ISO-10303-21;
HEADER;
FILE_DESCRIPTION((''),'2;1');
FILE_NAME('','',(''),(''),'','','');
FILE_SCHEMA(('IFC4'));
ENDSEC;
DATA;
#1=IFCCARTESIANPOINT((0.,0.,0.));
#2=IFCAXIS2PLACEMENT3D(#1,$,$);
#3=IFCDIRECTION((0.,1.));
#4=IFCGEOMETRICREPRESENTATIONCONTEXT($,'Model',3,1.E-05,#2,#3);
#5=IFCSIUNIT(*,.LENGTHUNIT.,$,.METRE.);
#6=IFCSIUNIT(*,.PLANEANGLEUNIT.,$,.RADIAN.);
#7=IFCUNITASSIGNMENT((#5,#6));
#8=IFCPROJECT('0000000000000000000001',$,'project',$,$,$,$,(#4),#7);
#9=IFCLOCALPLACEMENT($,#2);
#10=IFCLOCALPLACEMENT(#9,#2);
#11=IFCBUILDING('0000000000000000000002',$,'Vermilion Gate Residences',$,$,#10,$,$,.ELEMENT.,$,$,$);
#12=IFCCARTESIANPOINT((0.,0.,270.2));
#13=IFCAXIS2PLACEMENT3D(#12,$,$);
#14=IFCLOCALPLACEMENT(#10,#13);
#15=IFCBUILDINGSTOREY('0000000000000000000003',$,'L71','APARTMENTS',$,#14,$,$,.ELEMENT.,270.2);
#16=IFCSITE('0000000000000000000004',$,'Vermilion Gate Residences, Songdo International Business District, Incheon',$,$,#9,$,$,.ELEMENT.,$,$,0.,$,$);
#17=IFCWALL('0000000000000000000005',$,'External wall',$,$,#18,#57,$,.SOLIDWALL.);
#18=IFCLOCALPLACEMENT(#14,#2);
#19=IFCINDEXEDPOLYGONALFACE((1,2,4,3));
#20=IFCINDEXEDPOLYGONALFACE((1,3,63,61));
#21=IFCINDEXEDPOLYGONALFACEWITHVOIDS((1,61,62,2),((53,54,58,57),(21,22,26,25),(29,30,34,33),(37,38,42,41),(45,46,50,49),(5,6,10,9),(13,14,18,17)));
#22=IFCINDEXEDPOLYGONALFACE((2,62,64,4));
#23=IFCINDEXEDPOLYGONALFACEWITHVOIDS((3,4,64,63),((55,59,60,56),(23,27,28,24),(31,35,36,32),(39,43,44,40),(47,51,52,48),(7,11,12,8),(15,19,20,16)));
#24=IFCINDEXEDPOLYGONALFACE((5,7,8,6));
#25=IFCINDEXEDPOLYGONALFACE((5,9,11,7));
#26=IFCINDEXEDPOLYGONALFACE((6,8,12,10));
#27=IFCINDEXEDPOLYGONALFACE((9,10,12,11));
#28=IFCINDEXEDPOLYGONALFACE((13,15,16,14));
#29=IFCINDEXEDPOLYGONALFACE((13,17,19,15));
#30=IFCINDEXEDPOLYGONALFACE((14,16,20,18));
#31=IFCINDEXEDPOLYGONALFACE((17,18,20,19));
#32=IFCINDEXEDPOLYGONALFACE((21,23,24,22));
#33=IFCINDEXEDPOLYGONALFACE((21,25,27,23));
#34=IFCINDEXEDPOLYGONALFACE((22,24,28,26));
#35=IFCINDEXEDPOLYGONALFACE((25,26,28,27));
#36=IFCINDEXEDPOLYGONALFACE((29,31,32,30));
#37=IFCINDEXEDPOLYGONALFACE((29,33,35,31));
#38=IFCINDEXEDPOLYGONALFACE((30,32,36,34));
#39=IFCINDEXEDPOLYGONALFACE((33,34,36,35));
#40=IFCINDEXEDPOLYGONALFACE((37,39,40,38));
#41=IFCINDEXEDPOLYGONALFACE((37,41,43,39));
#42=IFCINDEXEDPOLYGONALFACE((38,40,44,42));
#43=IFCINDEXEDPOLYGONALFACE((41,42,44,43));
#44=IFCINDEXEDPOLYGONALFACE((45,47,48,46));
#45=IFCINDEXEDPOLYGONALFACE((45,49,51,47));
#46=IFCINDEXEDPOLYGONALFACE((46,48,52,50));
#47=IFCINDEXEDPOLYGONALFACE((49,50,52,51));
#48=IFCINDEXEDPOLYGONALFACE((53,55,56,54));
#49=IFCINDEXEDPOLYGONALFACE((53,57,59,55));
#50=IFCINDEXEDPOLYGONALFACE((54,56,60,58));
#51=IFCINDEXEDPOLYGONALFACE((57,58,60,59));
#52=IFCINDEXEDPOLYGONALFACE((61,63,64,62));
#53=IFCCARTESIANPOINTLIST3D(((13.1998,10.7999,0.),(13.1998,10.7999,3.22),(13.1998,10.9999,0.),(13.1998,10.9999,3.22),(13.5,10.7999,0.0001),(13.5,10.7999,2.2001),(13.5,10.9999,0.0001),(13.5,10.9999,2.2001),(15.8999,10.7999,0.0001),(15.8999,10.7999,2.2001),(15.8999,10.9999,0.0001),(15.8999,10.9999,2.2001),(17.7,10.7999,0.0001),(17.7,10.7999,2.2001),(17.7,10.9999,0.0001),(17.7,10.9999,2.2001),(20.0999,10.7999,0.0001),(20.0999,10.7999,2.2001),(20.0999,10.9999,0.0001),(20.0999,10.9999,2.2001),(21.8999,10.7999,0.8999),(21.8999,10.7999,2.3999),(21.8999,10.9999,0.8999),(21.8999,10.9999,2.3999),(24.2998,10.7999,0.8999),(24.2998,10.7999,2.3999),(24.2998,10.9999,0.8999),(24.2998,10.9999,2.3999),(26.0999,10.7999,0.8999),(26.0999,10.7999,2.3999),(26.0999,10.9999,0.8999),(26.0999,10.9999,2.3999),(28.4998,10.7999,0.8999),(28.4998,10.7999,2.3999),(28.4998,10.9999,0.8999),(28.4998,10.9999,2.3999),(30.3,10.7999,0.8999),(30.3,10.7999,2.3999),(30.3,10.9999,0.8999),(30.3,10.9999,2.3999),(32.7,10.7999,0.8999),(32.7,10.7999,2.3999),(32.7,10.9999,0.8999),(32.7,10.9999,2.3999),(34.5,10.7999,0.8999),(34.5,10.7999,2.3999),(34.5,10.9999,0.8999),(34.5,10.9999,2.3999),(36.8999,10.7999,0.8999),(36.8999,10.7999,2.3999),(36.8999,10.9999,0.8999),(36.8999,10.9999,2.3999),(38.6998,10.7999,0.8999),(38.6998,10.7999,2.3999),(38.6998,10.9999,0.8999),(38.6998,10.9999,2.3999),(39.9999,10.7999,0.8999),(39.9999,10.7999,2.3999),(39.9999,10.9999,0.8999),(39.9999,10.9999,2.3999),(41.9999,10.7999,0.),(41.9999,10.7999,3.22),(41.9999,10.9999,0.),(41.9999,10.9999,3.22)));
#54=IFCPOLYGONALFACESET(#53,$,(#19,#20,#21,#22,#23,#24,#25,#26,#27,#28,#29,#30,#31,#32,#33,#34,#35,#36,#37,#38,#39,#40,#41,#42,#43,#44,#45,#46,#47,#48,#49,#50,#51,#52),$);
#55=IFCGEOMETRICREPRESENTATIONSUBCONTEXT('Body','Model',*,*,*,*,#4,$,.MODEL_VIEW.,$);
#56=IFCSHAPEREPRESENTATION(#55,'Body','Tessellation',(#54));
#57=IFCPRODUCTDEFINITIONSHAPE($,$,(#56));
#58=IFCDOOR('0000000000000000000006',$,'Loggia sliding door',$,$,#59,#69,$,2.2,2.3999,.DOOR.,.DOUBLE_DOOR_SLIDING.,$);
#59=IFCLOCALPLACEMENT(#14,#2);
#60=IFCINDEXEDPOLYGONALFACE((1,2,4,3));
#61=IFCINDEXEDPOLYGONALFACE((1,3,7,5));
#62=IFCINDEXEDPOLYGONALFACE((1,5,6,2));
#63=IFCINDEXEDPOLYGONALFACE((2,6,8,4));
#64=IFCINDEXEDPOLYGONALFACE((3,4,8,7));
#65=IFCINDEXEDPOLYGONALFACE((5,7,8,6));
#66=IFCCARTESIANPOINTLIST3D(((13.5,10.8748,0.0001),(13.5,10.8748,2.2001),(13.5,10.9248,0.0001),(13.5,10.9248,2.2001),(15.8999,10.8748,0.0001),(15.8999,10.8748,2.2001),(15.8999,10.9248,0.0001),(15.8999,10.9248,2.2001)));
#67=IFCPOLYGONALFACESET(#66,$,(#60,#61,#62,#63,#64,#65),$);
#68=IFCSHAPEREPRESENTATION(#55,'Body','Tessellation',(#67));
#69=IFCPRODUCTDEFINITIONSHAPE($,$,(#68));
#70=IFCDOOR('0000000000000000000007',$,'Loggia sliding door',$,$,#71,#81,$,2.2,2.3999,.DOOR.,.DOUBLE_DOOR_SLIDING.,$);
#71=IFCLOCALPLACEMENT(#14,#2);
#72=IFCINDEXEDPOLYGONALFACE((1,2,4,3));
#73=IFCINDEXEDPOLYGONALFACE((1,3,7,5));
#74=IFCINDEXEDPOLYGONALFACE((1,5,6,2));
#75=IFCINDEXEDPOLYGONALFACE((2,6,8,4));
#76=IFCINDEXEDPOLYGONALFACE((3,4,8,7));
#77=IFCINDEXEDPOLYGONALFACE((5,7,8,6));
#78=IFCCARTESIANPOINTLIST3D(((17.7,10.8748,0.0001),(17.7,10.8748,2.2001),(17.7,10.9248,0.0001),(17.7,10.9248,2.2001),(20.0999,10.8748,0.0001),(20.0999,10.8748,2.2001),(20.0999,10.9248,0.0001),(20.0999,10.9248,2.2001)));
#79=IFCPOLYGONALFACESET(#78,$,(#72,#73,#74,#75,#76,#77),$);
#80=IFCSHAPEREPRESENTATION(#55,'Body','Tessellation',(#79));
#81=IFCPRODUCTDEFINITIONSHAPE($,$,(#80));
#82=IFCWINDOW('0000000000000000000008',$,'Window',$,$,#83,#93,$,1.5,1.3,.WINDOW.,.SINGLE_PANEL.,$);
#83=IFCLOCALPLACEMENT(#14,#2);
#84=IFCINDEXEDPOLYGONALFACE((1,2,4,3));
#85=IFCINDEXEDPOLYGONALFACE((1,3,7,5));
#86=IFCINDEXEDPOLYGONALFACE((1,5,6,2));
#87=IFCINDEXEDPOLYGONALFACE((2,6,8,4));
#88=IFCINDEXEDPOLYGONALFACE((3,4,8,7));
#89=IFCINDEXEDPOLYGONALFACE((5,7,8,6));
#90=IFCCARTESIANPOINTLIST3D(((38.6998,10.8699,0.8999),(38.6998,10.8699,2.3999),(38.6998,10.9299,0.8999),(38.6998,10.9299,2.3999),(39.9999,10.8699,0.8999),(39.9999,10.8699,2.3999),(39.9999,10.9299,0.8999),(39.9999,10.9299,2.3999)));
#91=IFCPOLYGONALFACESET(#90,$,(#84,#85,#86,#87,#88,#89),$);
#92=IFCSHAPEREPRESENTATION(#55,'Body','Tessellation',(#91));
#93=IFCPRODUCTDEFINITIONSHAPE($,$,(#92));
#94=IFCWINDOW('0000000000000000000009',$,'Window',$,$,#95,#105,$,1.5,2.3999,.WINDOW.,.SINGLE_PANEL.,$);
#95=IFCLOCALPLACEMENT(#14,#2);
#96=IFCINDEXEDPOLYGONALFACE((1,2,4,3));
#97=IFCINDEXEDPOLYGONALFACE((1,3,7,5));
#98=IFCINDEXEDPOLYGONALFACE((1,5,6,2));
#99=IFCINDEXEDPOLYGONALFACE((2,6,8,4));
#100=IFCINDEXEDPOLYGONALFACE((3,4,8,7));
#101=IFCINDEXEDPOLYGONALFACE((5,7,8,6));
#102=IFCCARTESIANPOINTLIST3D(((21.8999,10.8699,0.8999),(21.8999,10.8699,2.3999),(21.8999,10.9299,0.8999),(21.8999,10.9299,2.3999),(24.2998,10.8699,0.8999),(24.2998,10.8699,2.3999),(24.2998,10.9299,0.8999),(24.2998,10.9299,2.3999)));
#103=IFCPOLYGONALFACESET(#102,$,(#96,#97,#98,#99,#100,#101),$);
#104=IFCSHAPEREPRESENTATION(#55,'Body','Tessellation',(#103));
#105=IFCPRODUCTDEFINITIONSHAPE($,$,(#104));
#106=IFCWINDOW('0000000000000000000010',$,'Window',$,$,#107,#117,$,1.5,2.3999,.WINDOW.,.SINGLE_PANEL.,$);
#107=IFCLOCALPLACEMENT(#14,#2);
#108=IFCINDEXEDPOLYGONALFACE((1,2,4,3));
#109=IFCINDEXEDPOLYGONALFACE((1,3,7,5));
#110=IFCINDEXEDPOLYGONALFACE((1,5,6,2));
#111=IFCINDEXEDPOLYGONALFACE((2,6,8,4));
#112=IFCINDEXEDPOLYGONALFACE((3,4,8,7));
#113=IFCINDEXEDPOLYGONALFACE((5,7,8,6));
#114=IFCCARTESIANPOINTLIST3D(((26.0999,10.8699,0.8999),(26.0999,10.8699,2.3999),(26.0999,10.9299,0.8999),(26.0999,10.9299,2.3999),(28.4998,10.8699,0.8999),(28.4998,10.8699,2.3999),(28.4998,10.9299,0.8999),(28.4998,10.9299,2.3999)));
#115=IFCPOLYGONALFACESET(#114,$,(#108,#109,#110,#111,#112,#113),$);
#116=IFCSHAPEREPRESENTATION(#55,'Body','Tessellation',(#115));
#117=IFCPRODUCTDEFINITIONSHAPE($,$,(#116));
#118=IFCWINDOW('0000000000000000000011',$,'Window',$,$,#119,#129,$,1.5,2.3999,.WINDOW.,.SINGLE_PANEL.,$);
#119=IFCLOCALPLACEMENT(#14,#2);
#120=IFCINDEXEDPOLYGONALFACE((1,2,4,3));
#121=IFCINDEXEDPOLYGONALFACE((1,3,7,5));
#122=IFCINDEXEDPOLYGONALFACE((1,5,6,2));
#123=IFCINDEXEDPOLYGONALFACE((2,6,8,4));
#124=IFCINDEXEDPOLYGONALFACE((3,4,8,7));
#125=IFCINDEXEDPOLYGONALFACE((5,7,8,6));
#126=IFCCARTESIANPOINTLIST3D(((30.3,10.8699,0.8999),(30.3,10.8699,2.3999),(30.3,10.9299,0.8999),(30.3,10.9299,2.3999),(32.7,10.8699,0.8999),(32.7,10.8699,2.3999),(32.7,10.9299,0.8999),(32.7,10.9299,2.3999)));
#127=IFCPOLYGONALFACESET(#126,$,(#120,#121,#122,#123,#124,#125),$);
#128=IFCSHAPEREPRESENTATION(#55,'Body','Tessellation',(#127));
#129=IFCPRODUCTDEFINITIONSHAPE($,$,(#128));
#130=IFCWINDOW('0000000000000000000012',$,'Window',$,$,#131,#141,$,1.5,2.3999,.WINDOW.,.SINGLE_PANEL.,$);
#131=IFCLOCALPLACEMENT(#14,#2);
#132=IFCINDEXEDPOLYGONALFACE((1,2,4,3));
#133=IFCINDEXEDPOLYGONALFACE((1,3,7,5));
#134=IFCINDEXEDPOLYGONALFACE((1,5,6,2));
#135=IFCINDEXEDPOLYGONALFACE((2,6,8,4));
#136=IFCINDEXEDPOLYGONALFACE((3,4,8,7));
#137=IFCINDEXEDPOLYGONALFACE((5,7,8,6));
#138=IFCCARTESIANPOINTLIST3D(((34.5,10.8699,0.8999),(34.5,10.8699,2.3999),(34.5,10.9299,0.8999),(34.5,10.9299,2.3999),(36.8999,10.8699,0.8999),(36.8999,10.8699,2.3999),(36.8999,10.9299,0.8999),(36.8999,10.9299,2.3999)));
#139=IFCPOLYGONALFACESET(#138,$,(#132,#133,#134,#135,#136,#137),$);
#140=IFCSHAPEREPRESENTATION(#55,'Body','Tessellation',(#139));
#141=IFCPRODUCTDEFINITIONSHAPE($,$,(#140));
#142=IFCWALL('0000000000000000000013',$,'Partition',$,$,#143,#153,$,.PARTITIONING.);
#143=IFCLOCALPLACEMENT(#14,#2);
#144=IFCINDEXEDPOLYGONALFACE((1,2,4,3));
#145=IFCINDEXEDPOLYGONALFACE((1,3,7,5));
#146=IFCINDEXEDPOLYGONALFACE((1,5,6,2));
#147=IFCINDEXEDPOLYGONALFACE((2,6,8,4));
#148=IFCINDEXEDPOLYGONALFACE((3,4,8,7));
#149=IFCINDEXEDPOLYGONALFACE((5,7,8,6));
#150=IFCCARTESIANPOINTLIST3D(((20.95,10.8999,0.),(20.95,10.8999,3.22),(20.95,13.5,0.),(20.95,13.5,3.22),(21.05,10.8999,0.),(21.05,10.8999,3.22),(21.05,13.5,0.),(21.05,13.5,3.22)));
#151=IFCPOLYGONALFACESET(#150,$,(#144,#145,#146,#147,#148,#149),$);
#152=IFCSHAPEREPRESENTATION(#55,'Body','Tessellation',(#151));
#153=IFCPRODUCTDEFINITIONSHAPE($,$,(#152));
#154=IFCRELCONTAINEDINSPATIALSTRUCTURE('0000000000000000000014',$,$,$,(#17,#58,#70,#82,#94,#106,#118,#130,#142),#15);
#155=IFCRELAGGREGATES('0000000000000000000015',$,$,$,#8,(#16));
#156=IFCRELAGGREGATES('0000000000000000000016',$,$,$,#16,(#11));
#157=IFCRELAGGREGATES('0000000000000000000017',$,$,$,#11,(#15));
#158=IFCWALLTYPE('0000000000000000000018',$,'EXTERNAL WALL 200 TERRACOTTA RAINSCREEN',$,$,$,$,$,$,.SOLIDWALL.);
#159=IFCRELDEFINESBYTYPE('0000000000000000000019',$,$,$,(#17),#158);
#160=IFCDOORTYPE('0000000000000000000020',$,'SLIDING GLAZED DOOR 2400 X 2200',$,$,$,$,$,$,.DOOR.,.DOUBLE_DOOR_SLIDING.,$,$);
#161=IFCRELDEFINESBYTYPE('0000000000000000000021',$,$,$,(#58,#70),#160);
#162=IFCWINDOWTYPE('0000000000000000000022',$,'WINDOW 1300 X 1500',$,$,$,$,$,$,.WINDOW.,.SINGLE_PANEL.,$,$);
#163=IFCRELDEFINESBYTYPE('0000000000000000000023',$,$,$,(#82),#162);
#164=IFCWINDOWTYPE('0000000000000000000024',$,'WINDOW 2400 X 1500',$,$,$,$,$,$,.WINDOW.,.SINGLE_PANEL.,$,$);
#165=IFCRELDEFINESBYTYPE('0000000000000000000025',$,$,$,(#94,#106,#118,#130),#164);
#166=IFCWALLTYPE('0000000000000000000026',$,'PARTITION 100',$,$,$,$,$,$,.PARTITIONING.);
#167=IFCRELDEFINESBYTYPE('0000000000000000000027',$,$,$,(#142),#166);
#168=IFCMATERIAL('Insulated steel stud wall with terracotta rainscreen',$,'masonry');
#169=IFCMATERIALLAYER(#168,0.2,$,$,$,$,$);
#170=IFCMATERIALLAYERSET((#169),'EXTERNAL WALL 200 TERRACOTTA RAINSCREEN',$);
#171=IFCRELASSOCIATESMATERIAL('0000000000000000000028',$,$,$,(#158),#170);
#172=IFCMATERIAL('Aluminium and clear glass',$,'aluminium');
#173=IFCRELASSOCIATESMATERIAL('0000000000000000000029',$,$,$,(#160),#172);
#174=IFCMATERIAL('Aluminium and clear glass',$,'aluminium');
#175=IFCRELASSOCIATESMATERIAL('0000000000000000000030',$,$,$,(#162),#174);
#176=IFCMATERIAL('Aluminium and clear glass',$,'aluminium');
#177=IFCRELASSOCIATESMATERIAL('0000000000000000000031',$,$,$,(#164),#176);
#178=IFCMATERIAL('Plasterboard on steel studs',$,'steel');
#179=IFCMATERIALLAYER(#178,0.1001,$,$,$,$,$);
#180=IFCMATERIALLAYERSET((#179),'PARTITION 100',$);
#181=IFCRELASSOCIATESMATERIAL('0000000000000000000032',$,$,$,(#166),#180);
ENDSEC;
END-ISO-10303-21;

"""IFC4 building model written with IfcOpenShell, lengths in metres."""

from ifc_helpers import new_model, si_unit, direction, frame, frame_2d, origin, place, context, subcontext, project, spatial, rectangle, extrude, material, layer, layer_set, type_object, element, fill, save


model = new_model("IFC4")

# Units and contexts
model_context = context("Model", 3, precision=1e-05, world=origin(), true_north=direction((0.0, 1.0)))
body_context = subcontext(model_context, "Body", "Model", "MODEL_VIEW")
ifc_project = project(units=[si_unit("LENGTHUNIT", "METRE"), si_unit("PLANEANGLEUNIT", "RADIAN")], contexts=[model_context])

# Site, building, storey
site_placement = place(None, origin())
site = spatial("IfcSite", under=ifc_project, at=site_placement, Name="Vermilion Gate Residences, Songdo International Business District, Incheon", CompositionType="ELEMENT", RefElevation=0.0)
building_placement = place(site_placement, origin())
building = spatial("IfcBuilding", under=site, at=building_placement, Name="Vermilion Gate Residences", CompositionType="ELEMENT")
storey_placement = place(building_placement, frame((0.0, 0.0, 270.2)))
storey = spatial("IfcBuildingStorey", under=building, at=storey_placement, Name="L71", Description="APARTMENTS", CompositionType="ELEMENT", Elevation=270.2)

# Shared definitions
ifc_material_1 = material(Name="Insulated steel stud wall with terracotta rainscreen", Category="masonry")
ifc_layer_1 = layer(ifc_material_1, 0.2)
ifc_layer_set_1 = layer_set([ifc_layer_1], Name="EXTERNAL WALL 200 TERRACOTTA RAINSCREEN")
wall_type_1 = type_object("IfcWallType", Name="EXTERNAL WALL 200 TERRACOTTA RAINSCREEN", PredefinedType="SOLIDWALL", material=ifc_layer_set_1)

# Wall, openings, doors, windows
wall_1_placement = place(storey_placement, frame((13.2, 10.8999, 0.0), z_axis=(0.0, 0.0, 1.0), x_axis=(1.0, 0.0, 0.0)))
wall_1 = element("IfcWall", 1, at=wall_1_placement, inside=storey, type_object=wall_type_1, Name="External wall", PredefinedType="SOLIDWALL", context=body_context, shape_type="SweptSolid", body=[
    extrude(rectangle(XDim=28.8, YDim=0.2, at=frame_2d((14.3999, 0.0))), origin(), (0.0, 0.0, 1.0), 3.22),
])
opening_1_placement = place(wall_1_placement, frame((0.3, 0.0, 0.0)))
opening_1 = element("IfcOpeningElement", 2, at=opening_1_placement, cuts=wall_1, PredefinedType="OPENING", context=body_context, shape_type="SweptSolid", body=[
    extrude(rectangle(XDim=2.3999, YDim=2.2, at=frame_2d((1.2, 1.1001))), frame((0.0, 0.1099, 0.0), z_axis=(0.0, -1.0, 0.0), x_axis=(1.0, 0.0, 0.0)), (0.0, 0.0, 1.0), 0.22),
])
opening_2_placement = place(wall_1_placement, frame((4.5, 0.0, 0.0)))
opening_2 = element("IfcOpeningElement", 3, at=opening_2_placement, cuts=wall_1, PredefinedType="OPENING", context=body_context, shape_type="SweptSolid", body=[
    extrude(rectangle(XDim=2.3999, YDim=2.2, at=frame_2d((1.2, 1.1001))), frame((0.0, 0.1099, 0.0), z_axis=(0.0, -1.0, 0.0), x_axis=(1.0, 0.0, 0.0)), (0.0, 0.0, 1.0), 0.22),
])
opening_3_placement = place(wall_1_placement, frame((8.7, 0.0, 0.8999)))
opening_3 = element("IfcOpeningElement", 4, at=opening_3_placement, cuts=wall_1, PredefinedType="OPENING", context=body_context, shape_type="SweptSolid", body=[
    extrude(rectangle(XDim=2.3999, YDim=1.5, at=frame_2d((1.2, 0.75))), frame((0.0, 0.1099, 0.0), z_axis=(0.0, -1.0, 0.0), x_axis=(1.0, 0.0, 0.0)), (0.0, 0.0, 1.0), 0.22),
])
opening_4_placement = place(wall_1_placement, frame((12.8999, 0.0, 0.8999)))
opening_4 = element("IfcOpeningElement", 5, at=opening_4_placement, cuts=wall_1, PredefinedType="OPENING", context=body_context, shape_type="SweptSolid", body=[
    extrude(rectangle(XDim=2.3999, YDim=1.5, at=frame_2d((1.2, 0.75))), frame((0.0, 0.1099, 0.0), z_axis=(0.0, -1.0, 0.0), x_axis=(1.0, 0.0, 0.0)), (0.0, 0.0, 1.0), 0.22),
])
opening_5_placement = place(wall_1_placement, frame((17.1001, 0.0, 0.8999)))
opening_5 = element("IfcOpeningElement", 6, at=opening_5_placement, cuts=wall_1, PredefinedType="OPENING", context=body_context, shape_type="SweptSolid", body=[
    extrude(rectangle(XDim=2.3999, YDim=1.5, at=frame_2d((1.2, 0.75))), frame((0.0, 0.1099, 0.0), z_axis=(0.0, -1.0, 0.0), x_axis=(1.0, 0.0, 0.0)), (0.0, 0.0, 1.0), 0.22),
])
opening_6_placement = place(wall_1_placement, frame((21.3, 0.0, 0.8999)))
opening_6 = element("IfcOpeningElement", 7, at=opening_6_placement, cuts=wall_1, PredefinedType="OPENING", context=body_context, shape_type="SweptSolid", body=[
    extrude(rectangle(XDim=2.3999, YDim=1.5, at=frame_2d((1.2, 0.75))), frame((0.0, 0.1099, 0.0), z_axis=(0.0, -1.0, 0.0), x_axis=(1.0, 0.0, 0.0)), (0.0, 0.0, 1.0), 0.22),
])
opening_7_placement = place(wall_1_placement, frame((25.5, 0.0, 0.8999)))
opening_7 = element("IfcOpeningElement", 8, at=opening_7_placement, cuts=wall_1, PredefinedType="OPENING", context=body_context, shape_type="SweptSolid", body=[
    extrude(rectangle(XDim=1.3, YDim=1.5, at=frame_2d((0.6499, 0.75))), frame((0.0, 0.1099, 0.0), z_axis=(0.0, -1.0, 0.0), x_axis=(1.0, 0.0, 0.0)), (0.0, 0.0, 1.0), 0.22),
])
ifc_material_2 = material(Name="Aluminium and clear glass", Category="aluminium")
door_type_1 = type_object("IfcDoorType", Name="SLIDING GLAZED DOOR 2400 X 2200", OperationType="DOUBLE_DOOR_SLIDING", PredefinedType="DOOR", material=ifc_material_2)
door_1_placement = place(opening_1_placement, origin())
door_1 = element("IfcDoor", 9, at=door_1_placement, inside=storey, type_object=door_type_1, Name="Loggia sliding door", OperationType="DOUBLE_DOOR_SLIDING", OverallHeight=2.2, OverallWidth=2.3999, PredefinedType="DOOR", context=body_context, shape_type="SweptSolid", body=[
    extrude(rectangle(XDim=2.3999, YDim=2.2, at=frame_2d((1.2, 1.1001))), frame((0.0, 0.0249, 0.0), z_axis=(0.0, -1.0, 0.0), x_axis=(1.0, 0.0, 0.0)), (0.0, 0.0, 1.0), 0.05),
])
fill(opening_1, door_1)
door_2_placement = place(opening_2_placement, origin())
door_2 = element("IfcDoor", 10, at=door_2_placement, inside=storey, type_object=door_type_1, Name="Loggia sliding door", OperationType="DOUBLE_DOOR_SLIDING", OverallHeight=2.2, OverallWidth=2.3999, PredefinedType="DOOR", context=body_context, shape_type="SweptSolid", body=[
    extrude(rectangle(XDim=2.3999, YDim=2.2, at=frame_2d((1.2, 1.1001))), frame((0.0, 0.0249, 0.0), z_axis=(0.0, -1.0, 0.0), x_axis=(1.0, 0.0, 0.0)), (0.0, 0.0, 1.0), 0.05),
])
fill(opening_2, door_2)
ifc_material_3 = material(Name="Aluminium and clear glass", Category="aluminium")
window_type_1 = type_object("IfcWindowType", Name="WINDOW 1300 X 1500", PartitioningType="SINGLE_PANEL", PredefinedType="WINDOW", material=ifc_material_3)
window_1_placement = place(opening_7_placement, origin())
window_1 = element("IfcWindow", 11, at=window_1_placement, inside=storey, type_object=window_type_1, Name="Window", OverallHeight=1.5, OverallWidth=1.3, PartitioningType="SINGLE_PANEL", PredefinedType="WINDOW", context=body_context, shape_type="SweptSolid", body=[
    extrude(rectangle(XDim=1.3, YDim=1.5, at=frame_2d((0.6499, 0.75))), frame((0.0, 0.03, 0.0), z_axis=(0.0, -1.0, 0.0), x_axis=(1.0, 0.0, 0.0)), (0.0, 0.0, 1.0), 0.0601),
])
fill(opening_7, window_1)
ifc_material_4 = material(Name="Aluminium and clear glass", Category="aluminium")
window_type_2 = type_object("IfcWindowType", Name="WINDOW 2400 X 1500", PartitioningType="SINGLE_PANEL", PredefinedType="WINDOW", material=ifc_material_4)
window_2_placement = place(opening_3_placement, origin())
window_2 = element("IfcWindow", 12, at=window_2_placement, inside=storey, type_object=window_type_2, Name="Window", OverallHeight=1.5, OverallWidth=2.3999, PartitioningType="SINGLE_PANEL", PredefinedType="WINDOW", context=body_context, shape_type="SweptSolid", body=[
    extrude(rectangle(XDim=2.3999, YDim=1.5, at=frame_2d((1.2, 0.75))), frame((0.0, 0.03, 0.0), z_axis=(0.0, -1.0, 0.0), x_axis=(1.0, 0.0, 0.0)), (0.0, 0.0, 1.0), 0.0601),
])
fill(opening_3, window_2)
window_3_placement = place(opening_4_placement, origin())
window_3 = element("IfcWindow", 13, at=window_3_placement, inside=storey, type_object=window_type_2, Name="Window", OverallHeight=1.5, OverallWidth=2.3999, PartitioningType="SINGLE_PANEL", PredefinedType="WINDOW", context=body_context, shape_type="SweptSolid", body=[
    extrude(rectangle(XDim=2.3999, YDim=1.5, at=frame_2d((1.2, 0.75))), frame((0.0, 0.03, 0.0), z_axis=(0.0, -1.0, 0.0), x_axis=(1.0, 0.0, 0.0)), (0.0, 0.0, 1.0), 0.0601),
])
fill(opening_4, window_3)
window_4_placement = place(opening_5_placement, origin())
window_4 = element("IfcWindow", 14, at=window_4_placement, inside=storey, type_object=window_type_2, Name="Window", OverallHeight=1.5, OverallWidth=2.3999, PartitioningType="SINGLE_PANEL", PredefinedType="WINDOW", context=body_context, shape_type="SweptSolid", body=[
    extrude(rectangle(XDim=2.3999, YDim=1.5, at=frame_2d((1.2, 0.75))), frame((0.0, 0.03, 0.0), z_axis=(0.0, -1.0, 0.0), x_axis=(1.0, 0.0, 0.0)), (0.0, 0.0, 1.0), 0.0601),
])
fill(opening_5, window_4)
window_5_placement = place(opening_6_placement, origin())
window_5 = element("IfcWindow", 15, at=window_5_placement, inside=storey, type_object=window_type_2, Name="Window", OverallHeight=1.5, OverallWidth=2.3999, PartitioningType="SINGLE_PANEL", PredefinedType="WINDOW", context=body_context, shape_type="SweptSolid", body=[
    extrude(rectangle(XDim=2.3999, YDim=1.5, at=frame_2d((1.2, 0.75))), frame((0.0, 0.03, 0.0), z_axis=(0.0, -1.0, 0.0), x_axis=(1.0, 0.0, 0.0)), (0.0, 0.0, 1.0), 0.0601),
])
fill(opening_6, window_5)

# Wall
ifc_material_5 = material(Name="Plasterboard on steel studs", Category="steel")
ifc_layer_2 = layer(ifc_material_5, 0.1001)
ifc_layer_set_2 = layer_set([ifc_layer_2], Name="PARTITION 100")
wall_type_2 = type_object("IfcWallType", Name="PARTITION 100", PredefinedType="PARTITIONING", material=ifc_layer_set_2)
wall_2_placement = place(storey_placement, frame((21.0, 10.8999, 0.0), z_axis=(0.0, 0.0, 1.0), x_axis=(0.0, 1.0, 0.0)))
element("IfcWall", 16, at=wall_2_placement, inside=storey, type_object=wall_type_2, Name="Partition", PredefinedType="PARTITIONING", context=body_context, shape_type="SweptSolid", body=[
    extrude(rectangle(XDim=2.6001, YDim=0.1001, at=frame_2d((1.3, 0.0))), origin(), (0.0, 0.0, 1.0), 3.22),
])

save(model, "model.ifc")
